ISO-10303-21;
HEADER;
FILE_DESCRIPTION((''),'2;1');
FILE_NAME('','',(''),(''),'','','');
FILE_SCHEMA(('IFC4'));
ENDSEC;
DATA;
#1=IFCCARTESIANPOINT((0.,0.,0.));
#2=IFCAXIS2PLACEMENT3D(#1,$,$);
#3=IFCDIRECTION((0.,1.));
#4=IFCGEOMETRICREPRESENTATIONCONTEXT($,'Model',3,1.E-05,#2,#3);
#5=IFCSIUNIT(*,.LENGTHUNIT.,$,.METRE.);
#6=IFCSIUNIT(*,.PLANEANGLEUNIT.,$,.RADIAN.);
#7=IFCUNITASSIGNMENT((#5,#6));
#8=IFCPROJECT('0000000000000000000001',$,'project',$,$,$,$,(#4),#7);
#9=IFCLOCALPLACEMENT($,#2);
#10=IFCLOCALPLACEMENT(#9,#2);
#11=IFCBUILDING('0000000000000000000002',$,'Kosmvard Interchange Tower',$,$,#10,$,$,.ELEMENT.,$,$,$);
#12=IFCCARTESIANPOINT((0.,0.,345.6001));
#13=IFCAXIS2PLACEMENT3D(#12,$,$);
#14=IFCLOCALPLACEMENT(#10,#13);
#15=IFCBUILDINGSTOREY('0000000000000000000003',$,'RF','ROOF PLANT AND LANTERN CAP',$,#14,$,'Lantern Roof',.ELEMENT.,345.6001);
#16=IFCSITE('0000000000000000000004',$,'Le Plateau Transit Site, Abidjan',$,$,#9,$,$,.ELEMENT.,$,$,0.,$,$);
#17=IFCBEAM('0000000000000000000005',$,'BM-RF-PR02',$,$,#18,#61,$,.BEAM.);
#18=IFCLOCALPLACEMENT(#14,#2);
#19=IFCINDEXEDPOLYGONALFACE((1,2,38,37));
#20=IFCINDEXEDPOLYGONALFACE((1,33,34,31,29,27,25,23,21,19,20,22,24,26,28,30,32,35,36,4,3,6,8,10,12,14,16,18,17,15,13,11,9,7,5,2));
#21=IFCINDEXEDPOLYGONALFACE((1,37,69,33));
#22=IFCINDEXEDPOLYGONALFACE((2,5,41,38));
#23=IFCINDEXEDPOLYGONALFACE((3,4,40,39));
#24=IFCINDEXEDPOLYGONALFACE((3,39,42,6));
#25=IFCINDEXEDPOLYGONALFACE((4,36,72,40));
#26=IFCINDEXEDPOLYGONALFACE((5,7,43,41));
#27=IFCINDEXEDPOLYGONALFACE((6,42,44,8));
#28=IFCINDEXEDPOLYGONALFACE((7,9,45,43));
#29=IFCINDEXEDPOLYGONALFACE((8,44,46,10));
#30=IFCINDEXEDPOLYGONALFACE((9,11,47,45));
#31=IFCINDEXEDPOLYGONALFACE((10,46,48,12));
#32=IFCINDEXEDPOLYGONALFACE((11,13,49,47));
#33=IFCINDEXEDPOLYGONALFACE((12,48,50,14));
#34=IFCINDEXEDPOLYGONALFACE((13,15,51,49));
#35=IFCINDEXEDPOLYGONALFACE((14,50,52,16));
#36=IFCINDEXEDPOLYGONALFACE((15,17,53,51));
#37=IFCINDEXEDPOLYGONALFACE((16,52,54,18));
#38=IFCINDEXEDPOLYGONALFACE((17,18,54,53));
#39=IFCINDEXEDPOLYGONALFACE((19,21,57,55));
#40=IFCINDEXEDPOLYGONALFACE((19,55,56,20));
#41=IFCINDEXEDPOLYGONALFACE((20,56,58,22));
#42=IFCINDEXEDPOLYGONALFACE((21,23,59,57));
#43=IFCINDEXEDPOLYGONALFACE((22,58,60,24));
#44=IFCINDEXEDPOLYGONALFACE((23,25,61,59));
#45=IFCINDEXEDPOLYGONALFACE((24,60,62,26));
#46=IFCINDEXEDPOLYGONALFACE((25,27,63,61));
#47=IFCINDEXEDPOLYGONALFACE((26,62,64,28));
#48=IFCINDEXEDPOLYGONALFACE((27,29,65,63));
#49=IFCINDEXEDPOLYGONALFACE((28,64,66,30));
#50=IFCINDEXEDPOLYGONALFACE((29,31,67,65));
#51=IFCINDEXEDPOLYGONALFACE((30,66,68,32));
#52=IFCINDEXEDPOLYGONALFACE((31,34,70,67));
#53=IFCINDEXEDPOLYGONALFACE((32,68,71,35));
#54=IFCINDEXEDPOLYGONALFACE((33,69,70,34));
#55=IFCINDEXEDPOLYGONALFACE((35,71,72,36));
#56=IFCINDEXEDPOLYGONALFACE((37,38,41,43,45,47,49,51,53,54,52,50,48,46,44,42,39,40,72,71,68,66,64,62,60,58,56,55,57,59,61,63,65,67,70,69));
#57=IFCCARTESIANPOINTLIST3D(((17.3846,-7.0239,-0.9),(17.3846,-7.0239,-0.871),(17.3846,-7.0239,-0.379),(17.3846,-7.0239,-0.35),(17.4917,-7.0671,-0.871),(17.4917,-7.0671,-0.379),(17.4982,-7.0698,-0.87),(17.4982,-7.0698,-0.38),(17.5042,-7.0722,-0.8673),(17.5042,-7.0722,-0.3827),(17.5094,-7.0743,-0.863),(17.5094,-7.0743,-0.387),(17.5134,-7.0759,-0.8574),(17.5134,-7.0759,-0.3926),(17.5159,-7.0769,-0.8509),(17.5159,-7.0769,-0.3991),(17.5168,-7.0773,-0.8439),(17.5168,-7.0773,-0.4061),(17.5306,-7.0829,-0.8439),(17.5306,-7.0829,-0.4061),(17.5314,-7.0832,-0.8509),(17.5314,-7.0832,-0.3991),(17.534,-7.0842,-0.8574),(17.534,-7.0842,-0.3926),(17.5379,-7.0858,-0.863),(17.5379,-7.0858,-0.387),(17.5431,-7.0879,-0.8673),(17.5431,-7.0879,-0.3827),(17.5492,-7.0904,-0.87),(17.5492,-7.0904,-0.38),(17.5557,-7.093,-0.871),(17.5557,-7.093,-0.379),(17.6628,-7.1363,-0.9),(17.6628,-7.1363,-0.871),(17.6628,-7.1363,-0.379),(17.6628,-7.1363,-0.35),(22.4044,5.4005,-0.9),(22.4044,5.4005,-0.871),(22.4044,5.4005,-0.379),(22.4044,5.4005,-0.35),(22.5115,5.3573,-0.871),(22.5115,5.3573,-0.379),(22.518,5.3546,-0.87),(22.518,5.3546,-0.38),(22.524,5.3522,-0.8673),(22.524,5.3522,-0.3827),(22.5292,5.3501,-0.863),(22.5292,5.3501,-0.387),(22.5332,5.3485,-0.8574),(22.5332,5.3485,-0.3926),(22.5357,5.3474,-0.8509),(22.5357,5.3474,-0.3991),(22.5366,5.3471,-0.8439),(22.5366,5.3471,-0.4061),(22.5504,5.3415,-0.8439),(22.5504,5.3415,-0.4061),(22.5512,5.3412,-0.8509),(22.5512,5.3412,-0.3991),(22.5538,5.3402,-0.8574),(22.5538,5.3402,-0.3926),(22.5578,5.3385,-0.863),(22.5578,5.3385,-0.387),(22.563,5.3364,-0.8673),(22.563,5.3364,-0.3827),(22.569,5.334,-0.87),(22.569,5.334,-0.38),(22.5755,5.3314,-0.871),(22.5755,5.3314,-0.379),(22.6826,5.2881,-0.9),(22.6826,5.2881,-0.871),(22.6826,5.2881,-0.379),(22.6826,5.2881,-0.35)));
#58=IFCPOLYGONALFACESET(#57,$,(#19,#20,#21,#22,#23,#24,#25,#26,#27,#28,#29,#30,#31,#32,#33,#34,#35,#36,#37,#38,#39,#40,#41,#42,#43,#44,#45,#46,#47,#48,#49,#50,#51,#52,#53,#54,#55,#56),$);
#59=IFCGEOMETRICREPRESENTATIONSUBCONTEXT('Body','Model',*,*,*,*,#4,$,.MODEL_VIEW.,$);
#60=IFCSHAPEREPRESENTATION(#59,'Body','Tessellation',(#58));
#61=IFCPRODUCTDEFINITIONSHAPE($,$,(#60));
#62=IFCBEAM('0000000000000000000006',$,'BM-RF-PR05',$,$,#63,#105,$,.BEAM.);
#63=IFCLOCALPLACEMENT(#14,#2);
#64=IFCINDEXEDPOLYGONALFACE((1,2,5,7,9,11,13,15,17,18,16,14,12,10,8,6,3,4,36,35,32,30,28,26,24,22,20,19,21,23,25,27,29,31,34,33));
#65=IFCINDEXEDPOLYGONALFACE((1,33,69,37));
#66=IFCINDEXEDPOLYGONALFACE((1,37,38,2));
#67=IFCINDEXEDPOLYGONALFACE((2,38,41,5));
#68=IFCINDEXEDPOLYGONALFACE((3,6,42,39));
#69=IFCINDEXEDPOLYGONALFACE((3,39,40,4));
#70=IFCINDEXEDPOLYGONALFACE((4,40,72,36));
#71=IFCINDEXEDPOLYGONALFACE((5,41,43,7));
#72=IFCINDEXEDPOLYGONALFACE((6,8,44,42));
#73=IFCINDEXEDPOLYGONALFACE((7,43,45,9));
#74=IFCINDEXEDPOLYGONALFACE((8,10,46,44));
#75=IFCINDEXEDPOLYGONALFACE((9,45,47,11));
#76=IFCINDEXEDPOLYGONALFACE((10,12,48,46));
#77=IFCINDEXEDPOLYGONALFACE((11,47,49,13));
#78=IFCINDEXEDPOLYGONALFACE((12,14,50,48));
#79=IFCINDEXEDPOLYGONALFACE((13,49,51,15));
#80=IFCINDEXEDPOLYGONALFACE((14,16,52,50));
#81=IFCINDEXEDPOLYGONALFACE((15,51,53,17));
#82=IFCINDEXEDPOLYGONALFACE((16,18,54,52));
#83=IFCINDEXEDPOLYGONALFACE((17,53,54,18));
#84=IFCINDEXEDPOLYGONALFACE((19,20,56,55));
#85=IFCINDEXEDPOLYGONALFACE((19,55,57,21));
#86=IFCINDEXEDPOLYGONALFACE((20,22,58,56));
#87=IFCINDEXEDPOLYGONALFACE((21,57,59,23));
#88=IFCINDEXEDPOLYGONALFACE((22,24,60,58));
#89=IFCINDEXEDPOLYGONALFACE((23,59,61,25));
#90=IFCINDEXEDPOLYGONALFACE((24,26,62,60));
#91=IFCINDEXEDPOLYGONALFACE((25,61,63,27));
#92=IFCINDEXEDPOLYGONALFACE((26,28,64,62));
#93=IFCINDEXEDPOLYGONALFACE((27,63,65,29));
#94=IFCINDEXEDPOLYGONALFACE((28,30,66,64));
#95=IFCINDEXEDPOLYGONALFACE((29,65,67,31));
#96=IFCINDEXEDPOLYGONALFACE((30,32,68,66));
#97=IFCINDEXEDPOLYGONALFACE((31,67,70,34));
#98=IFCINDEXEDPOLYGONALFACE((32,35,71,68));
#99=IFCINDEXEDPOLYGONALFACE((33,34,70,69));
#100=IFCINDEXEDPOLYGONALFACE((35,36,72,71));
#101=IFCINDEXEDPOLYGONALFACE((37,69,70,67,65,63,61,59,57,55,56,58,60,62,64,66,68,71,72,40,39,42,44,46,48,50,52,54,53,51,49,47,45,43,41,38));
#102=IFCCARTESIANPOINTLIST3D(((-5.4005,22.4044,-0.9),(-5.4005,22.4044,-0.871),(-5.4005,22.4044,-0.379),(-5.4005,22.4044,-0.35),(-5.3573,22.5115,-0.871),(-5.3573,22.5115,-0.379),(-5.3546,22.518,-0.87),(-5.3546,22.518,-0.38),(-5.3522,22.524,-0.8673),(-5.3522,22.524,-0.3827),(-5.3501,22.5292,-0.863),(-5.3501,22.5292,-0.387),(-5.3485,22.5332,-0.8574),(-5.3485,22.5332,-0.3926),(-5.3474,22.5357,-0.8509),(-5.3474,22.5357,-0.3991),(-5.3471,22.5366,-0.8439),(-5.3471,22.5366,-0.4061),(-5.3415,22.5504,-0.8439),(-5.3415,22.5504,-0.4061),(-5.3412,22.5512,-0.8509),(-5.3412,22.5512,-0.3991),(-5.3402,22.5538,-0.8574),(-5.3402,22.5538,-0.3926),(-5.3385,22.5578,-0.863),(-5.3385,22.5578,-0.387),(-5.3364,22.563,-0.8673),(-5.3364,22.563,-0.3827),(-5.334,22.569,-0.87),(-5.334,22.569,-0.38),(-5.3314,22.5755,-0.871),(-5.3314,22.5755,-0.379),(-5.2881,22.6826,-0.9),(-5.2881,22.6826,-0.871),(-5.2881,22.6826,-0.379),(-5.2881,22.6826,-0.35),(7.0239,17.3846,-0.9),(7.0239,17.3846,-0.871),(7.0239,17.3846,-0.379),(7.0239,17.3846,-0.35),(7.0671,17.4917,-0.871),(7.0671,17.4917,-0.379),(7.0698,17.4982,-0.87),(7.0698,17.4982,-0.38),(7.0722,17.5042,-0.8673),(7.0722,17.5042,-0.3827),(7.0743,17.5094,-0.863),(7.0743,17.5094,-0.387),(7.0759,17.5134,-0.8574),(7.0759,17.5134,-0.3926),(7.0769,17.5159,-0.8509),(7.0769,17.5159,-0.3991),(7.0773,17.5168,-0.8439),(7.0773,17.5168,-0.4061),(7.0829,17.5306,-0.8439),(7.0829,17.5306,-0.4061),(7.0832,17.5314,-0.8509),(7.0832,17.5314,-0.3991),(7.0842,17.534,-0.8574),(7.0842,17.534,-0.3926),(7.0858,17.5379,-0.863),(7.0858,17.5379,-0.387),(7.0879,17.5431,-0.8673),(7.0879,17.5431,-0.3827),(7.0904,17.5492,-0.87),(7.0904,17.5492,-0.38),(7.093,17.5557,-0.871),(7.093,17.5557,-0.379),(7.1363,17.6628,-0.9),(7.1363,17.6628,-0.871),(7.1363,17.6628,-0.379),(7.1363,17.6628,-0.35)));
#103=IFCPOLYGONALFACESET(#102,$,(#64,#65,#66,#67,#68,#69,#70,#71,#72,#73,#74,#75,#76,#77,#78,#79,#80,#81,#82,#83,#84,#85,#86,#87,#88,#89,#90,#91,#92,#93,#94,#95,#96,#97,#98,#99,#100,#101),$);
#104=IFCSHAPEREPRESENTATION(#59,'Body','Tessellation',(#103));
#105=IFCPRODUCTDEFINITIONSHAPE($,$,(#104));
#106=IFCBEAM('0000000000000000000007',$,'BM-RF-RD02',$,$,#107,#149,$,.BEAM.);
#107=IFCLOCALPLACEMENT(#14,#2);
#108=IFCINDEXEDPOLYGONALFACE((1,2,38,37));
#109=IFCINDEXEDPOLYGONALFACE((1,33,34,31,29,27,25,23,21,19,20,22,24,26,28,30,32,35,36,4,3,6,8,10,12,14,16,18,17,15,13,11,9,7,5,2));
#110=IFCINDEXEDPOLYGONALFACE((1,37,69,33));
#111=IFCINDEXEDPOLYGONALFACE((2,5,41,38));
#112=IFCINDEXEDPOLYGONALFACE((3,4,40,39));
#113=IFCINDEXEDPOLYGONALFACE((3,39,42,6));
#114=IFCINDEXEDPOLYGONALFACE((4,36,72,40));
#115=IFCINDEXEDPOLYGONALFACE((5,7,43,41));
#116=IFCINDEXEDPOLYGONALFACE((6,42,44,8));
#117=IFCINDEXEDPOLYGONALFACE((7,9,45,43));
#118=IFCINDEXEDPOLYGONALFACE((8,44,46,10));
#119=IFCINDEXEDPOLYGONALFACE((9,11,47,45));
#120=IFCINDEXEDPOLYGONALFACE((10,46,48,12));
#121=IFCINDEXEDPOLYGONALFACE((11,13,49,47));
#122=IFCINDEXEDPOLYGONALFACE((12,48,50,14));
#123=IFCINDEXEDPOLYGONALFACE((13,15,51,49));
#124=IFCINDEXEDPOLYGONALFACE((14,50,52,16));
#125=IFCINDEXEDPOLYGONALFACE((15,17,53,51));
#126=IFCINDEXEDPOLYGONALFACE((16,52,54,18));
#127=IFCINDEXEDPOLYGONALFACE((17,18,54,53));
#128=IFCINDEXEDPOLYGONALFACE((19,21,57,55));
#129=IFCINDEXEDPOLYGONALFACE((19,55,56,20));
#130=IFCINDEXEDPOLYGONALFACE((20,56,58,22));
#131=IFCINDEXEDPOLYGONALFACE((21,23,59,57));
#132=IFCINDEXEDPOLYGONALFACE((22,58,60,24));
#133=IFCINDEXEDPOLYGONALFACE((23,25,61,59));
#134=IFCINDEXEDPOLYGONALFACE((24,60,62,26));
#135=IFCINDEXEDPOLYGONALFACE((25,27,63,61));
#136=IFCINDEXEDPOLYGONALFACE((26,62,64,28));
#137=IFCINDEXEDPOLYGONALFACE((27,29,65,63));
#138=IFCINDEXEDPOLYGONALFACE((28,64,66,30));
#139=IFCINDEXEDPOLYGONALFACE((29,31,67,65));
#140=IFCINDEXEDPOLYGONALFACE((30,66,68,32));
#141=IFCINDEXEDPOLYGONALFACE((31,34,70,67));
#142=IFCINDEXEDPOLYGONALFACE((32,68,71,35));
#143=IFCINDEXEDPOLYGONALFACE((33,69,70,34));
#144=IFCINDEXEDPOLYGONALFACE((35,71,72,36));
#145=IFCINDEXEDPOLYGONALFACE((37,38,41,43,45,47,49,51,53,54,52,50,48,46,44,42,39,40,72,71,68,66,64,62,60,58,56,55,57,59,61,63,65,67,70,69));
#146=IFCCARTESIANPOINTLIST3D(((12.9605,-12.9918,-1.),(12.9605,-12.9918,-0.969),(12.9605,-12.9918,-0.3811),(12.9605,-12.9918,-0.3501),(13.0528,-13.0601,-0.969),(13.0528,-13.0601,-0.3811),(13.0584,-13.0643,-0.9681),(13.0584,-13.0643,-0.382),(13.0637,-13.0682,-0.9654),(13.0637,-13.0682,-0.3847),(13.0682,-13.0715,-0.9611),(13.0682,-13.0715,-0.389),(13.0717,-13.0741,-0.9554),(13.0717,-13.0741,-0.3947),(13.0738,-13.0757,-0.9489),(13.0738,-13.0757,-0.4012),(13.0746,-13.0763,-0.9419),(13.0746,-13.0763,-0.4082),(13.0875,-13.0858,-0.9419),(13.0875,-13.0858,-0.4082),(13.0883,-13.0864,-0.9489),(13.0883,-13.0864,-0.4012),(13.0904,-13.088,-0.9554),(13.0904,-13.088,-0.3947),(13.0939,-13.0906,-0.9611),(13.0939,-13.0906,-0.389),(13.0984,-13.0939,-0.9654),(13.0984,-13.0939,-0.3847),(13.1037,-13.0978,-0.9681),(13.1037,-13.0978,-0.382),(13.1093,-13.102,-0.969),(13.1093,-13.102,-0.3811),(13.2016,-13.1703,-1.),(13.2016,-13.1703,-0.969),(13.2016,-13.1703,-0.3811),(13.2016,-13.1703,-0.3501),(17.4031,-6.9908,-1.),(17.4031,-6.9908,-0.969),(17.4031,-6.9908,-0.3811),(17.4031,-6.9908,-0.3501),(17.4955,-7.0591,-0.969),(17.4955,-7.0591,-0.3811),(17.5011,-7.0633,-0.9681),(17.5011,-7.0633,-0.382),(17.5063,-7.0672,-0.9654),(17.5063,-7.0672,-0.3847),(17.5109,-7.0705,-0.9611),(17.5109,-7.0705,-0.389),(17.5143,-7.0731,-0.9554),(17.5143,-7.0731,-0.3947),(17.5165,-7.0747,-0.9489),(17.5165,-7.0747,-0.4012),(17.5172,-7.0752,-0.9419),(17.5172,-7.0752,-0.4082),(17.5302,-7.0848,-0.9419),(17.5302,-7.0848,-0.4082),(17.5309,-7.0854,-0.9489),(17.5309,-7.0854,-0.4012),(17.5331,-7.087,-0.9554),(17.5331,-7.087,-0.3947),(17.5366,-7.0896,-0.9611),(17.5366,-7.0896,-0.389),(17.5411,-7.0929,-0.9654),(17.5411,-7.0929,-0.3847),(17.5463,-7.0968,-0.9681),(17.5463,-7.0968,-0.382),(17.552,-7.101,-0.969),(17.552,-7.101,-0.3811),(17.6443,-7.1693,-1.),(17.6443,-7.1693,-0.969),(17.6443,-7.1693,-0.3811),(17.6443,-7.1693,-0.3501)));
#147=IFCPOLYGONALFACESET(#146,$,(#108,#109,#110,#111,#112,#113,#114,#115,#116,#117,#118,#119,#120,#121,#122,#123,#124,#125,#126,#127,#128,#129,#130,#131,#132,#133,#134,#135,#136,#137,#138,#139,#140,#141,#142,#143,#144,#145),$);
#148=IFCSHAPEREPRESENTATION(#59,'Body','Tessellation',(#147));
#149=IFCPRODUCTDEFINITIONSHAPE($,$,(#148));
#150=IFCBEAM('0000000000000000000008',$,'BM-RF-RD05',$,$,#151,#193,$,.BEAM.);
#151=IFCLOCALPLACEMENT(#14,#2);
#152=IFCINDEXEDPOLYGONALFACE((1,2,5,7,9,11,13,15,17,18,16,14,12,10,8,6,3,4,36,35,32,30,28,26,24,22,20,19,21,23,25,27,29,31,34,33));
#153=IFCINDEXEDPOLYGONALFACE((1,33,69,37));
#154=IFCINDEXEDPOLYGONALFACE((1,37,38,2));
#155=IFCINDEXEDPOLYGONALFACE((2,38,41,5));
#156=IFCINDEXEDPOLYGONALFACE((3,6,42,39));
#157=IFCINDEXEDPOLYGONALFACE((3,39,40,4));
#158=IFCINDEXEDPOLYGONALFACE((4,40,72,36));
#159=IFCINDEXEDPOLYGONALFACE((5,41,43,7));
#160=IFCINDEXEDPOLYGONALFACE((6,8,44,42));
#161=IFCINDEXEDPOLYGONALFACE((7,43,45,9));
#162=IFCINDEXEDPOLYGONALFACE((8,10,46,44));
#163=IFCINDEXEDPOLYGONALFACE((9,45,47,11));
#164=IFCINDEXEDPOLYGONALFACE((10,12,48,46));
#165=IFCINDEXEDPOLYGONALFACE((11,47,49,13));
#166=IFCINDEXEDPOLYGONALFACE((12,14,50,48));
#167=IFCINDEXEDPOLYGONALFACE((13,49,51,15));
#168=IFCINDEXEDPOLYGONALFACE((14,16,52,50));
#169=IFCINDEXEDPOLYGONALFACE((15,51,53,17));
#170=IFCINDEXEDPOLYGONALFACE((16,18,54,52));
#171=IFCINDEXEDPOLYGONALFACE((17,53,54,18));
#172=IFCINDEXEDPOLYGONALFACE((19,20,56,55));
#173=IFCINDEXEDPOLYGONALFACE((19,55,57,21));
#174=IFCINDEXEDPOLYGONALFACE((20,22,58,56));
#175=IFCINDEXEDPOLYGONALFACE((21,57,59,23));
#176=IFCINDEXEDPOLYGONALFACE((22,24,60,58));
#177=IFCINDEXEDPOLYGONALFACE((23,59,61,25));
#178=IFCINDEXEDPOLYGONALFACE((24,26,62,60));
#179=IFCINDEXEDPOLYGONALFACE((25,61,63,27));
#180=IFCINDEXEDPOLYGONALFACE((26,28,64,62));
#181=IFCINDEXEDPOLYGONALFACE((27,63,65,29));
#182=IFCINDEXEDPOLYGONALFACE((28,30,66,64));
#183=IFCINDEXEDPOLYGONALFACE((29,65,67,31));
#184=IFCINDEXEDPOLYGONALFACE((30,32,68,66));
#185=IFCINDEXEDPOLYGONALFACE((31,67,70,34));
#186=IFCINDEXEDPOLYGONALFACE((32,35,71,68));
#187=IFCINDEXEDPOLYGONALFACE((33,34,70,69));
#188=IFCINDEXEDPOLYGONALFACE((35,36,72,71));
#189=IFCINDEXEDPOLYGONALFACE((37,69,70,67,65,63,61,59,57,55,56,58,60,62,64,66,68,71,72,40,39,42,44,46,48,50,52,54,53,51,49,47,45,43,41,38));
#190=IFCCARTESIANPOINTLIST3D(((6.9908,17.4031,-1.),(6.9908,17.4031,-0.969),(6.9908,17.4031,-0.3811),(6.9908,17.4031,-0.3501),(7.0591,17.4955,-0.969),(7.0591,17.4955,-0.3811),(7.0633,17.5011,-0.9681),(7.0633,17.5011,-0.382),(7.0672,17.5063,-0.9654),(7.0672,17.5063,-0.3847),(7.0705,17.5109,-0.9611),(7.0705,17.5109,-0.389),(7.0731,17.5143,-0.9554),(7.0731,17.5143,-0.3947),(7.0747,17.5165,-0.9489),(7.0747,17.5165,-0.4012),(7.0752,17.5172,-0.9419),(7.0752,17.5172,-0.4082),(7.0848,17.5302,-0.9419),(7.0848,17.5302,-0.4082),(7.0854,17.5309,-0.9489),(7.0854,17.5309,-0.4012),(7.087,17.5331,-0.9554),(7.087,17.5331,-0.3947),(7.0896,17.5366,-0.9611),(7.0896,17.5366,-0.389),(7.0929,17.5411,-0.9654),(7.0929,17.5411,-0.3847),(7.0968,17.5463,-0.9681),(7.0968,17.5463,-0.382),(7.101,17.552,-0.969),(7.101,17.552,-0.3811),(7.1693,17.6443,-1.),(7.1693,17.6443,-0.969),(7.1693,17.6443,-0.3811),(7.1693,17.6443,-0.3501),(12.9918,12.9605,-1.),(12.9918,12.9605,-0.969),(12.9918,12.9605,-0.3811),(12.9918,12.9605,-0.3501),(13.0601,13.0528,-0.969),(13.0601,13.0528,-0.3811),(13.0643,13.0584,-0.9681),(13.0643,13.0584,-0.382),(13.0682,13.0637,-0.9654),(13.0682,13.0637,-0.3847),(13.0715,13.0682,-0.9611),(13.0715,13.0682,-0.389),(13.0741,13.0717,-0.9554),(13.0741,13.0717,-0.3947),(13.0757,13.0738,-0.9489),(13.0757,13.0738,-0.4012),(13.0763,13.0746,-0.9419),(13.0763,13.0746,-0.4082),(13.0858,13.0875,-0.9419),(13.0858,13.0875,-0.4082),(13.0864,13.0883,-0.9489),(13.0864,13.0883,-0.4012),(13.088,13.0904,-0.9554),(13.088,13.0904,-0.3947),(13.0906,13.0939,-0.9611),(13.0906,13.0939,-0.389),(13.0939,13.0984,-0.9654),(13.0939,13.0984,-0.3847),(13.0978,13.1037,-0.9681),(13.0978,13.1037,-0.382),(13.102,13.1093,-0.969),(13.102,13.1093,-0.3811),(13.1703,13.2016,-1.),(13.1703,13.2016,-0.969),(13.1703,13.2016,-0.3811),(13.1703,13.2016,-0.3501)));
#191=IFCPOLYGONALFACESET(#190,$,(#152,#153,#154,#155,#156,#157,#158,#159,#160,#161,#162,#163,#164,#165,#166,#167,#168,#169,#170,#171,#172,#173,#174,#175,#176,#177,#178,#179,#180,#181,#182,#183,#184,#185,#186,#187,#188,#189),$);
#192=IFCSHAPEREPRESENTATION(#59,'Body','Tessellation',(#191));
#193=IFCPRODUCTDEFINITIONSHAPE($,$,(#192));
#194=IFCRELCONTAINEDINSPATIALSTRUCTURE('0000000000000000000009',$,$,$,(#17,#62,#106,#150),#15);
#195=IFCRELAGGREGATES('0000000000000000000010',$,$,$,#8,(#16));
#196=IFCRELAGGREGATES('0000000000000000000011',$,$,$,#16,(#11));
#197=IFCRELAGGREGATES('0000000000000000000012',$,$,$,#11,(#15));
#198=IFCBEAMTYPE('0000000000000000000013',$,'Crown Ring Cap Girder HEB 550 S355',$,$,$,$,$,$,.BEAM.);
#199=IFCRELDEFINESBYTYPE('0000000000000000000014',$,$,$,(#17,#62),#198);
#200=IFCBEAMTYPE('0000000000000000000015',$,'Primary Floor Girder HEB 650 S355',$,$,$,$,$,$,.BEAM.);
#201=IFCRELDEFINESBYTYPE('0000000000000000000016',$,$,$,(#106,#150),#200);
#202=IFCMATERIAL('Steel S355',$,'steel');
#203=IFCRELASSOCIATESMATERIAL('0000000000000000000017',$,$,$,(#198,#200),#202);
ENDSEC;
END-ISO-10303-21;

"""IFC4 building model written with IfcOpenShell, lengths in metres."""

from ifc_helpers import new_model, si_unit, direction, frame, origin, origin_2d, place, context, subcontext, project, spatial, i_section, extrude, source, transform, mapped, material, material_profile, profile_set, type_object, element, save


model = new_model("IFC4")

# Units and contexts
model_context = context("Model", 3, precision=1e-05, world=origin(), true_north=direction((0.0, 1.0)))
body_context = subcontext(model_context, "Body", "Model", "MODEL_VIEW")
ifc_project = project(units=[si_unit("LENGTHUNIT", "METRE"), si_unit("PLANEANGLEUNIT", "RADIAN")], contexts=[model_context])

# Site, building, storey
site_placement = place(None, origin())
site = spatial("IfcSite", under=ifc_project, at=site_placement, Name="Le Plateau Transit Site, Abidjan", CompositionType="ELEMENT", RefElevation=0.0)
building_placement = place(site_placement, origin())
building = spatial("IfcBuilding", under=site, at=building_placement, Name="Kosmvard Interchange Tower", CompositionType="ELEMENT")
storey_placement = place(building_placement, frame((0.0, 0.0, 345.6001)))
storey = spatial("IfcBuildingStorey", under=building, at=storey_placement, Name="RF", Description="ROOF PLANT AND LANTERN CAP", LongName="Lantern Roof", CompositionType="ELEMENT", Elevation=345.6001)

# Beams
ifc_material_1 = material(Name="Steel S355", Category="steel")
ifc_material_profile_1 = material_profile(ifc_material_1, i_section(OverallWidth=0.3, OverallDepth=0.55, WebThickness=0.0149, FlangeThickness=0.0291, FilletRadius=0.0271, at=origin_2d()), Name="HEB 550")
ifc_profile_set_1 = profile_set([ifc_material_profile_1], Name="Steel S355")
beam_type_1 = type_object("IfcBeamType", Name="Crown Ring Cap Girder HEB 550 S355", PredefinedType="BEAM", material=ifc_profile_set_1)
ifc_material_profile_2 = material_profile(ifc_material_1, i_section(OverallWidth=0.3, OverallDepth=0.6499, WebThickness=0.0161, FlangeThickness=0.031, FilletRadius=0.0271, at=origin_2d()), Name="HEB 650")
ifc_profile_set_2 = profile_set([ifc_material_profile_2], Name="Steel S355")
beam_type_2 = type_object("IfcBeamType", Name="Primary Floor Girder HEB 650 S355", PredefinedType="BEAM", material=ifc_profile_set_2)
shared_shape_1 = source(origin(), body_context, "Body", "SweptSolid", [
    extrude(i_section(OverallWidth=0.3, OverallDepth=0.55, WebThickness=0.0149, FlangeThickness=0.0291, FilletRadius=0.0271, at=origin_2d()), origin(), (0.0, 0.0, 1.0), 13.4001),
])
for number, where, z_axis, x_axis, name in (
    (1, (17.5237, -7.0801, -0.625), (0.374608, 0.927183, 0.0), (-0.927183, 0.374608, 0.0), "BM-RF-PR02"),
    (2, (7.0801, 17.5237, -0.625), (-0.927183, 0.374608, 0.0), (-0.374608, -0.927183, 0.0), "BM-RF-PR05"),
):
    element("IfcBeam", number, at=place(storey_placement, frame(where, z_axis=z_axis, x_axis=x_axis)), inside=storey, type_object=beam_type_1, Name=name, PredefinedType="BEAM", context=body_context, shape_type="MappedRepresentation", body=[
        mapped(shared_shape_1, transform((0.0, 0.0, 0.0), scale=1.0)),
    ])
shared_shape_2 = source(origin(), body_context, "Body", "SweptSolid", [
    extrude(i_section(OverallWidth=0.3, OverallDepth=0.6499, WebThickness=0.0161, FlangeThickness=0.031, FilletRadius=0.0271, at=origin_2d()), origin(), (0.0, 0.0, 1.0), 7.4666),
])
for number, where, z_axis, x_axis, name in (
    (3, (13.0811, -13.0811, -0.675), (0.595008, 0.80372, 0.0), (-0.80372, 0.595008, 0.0), "BM-RF-RD02"),
    (4, (13.0811, 13.0811, -0.675), (-0.80372, 0.595008, 0.0), (-0.595008, -0.80372, 0.0), "BM-RF-RD05"),
):
    element("IfcBeam", number, at=place(storey_placement, frame(where, z_axis=z_axis, x_axis=x_axis)), inside=storey, type_object=beam_type_2, Name=name, PredefinedType="BEAM", context=body_context, shape_type="MappedRepresentation", body=[
        mapped(shared_shape_2, transform((0.0, 0.0, 0.0), scale=1.0)),
    ])

save(model, "model.ifc")
